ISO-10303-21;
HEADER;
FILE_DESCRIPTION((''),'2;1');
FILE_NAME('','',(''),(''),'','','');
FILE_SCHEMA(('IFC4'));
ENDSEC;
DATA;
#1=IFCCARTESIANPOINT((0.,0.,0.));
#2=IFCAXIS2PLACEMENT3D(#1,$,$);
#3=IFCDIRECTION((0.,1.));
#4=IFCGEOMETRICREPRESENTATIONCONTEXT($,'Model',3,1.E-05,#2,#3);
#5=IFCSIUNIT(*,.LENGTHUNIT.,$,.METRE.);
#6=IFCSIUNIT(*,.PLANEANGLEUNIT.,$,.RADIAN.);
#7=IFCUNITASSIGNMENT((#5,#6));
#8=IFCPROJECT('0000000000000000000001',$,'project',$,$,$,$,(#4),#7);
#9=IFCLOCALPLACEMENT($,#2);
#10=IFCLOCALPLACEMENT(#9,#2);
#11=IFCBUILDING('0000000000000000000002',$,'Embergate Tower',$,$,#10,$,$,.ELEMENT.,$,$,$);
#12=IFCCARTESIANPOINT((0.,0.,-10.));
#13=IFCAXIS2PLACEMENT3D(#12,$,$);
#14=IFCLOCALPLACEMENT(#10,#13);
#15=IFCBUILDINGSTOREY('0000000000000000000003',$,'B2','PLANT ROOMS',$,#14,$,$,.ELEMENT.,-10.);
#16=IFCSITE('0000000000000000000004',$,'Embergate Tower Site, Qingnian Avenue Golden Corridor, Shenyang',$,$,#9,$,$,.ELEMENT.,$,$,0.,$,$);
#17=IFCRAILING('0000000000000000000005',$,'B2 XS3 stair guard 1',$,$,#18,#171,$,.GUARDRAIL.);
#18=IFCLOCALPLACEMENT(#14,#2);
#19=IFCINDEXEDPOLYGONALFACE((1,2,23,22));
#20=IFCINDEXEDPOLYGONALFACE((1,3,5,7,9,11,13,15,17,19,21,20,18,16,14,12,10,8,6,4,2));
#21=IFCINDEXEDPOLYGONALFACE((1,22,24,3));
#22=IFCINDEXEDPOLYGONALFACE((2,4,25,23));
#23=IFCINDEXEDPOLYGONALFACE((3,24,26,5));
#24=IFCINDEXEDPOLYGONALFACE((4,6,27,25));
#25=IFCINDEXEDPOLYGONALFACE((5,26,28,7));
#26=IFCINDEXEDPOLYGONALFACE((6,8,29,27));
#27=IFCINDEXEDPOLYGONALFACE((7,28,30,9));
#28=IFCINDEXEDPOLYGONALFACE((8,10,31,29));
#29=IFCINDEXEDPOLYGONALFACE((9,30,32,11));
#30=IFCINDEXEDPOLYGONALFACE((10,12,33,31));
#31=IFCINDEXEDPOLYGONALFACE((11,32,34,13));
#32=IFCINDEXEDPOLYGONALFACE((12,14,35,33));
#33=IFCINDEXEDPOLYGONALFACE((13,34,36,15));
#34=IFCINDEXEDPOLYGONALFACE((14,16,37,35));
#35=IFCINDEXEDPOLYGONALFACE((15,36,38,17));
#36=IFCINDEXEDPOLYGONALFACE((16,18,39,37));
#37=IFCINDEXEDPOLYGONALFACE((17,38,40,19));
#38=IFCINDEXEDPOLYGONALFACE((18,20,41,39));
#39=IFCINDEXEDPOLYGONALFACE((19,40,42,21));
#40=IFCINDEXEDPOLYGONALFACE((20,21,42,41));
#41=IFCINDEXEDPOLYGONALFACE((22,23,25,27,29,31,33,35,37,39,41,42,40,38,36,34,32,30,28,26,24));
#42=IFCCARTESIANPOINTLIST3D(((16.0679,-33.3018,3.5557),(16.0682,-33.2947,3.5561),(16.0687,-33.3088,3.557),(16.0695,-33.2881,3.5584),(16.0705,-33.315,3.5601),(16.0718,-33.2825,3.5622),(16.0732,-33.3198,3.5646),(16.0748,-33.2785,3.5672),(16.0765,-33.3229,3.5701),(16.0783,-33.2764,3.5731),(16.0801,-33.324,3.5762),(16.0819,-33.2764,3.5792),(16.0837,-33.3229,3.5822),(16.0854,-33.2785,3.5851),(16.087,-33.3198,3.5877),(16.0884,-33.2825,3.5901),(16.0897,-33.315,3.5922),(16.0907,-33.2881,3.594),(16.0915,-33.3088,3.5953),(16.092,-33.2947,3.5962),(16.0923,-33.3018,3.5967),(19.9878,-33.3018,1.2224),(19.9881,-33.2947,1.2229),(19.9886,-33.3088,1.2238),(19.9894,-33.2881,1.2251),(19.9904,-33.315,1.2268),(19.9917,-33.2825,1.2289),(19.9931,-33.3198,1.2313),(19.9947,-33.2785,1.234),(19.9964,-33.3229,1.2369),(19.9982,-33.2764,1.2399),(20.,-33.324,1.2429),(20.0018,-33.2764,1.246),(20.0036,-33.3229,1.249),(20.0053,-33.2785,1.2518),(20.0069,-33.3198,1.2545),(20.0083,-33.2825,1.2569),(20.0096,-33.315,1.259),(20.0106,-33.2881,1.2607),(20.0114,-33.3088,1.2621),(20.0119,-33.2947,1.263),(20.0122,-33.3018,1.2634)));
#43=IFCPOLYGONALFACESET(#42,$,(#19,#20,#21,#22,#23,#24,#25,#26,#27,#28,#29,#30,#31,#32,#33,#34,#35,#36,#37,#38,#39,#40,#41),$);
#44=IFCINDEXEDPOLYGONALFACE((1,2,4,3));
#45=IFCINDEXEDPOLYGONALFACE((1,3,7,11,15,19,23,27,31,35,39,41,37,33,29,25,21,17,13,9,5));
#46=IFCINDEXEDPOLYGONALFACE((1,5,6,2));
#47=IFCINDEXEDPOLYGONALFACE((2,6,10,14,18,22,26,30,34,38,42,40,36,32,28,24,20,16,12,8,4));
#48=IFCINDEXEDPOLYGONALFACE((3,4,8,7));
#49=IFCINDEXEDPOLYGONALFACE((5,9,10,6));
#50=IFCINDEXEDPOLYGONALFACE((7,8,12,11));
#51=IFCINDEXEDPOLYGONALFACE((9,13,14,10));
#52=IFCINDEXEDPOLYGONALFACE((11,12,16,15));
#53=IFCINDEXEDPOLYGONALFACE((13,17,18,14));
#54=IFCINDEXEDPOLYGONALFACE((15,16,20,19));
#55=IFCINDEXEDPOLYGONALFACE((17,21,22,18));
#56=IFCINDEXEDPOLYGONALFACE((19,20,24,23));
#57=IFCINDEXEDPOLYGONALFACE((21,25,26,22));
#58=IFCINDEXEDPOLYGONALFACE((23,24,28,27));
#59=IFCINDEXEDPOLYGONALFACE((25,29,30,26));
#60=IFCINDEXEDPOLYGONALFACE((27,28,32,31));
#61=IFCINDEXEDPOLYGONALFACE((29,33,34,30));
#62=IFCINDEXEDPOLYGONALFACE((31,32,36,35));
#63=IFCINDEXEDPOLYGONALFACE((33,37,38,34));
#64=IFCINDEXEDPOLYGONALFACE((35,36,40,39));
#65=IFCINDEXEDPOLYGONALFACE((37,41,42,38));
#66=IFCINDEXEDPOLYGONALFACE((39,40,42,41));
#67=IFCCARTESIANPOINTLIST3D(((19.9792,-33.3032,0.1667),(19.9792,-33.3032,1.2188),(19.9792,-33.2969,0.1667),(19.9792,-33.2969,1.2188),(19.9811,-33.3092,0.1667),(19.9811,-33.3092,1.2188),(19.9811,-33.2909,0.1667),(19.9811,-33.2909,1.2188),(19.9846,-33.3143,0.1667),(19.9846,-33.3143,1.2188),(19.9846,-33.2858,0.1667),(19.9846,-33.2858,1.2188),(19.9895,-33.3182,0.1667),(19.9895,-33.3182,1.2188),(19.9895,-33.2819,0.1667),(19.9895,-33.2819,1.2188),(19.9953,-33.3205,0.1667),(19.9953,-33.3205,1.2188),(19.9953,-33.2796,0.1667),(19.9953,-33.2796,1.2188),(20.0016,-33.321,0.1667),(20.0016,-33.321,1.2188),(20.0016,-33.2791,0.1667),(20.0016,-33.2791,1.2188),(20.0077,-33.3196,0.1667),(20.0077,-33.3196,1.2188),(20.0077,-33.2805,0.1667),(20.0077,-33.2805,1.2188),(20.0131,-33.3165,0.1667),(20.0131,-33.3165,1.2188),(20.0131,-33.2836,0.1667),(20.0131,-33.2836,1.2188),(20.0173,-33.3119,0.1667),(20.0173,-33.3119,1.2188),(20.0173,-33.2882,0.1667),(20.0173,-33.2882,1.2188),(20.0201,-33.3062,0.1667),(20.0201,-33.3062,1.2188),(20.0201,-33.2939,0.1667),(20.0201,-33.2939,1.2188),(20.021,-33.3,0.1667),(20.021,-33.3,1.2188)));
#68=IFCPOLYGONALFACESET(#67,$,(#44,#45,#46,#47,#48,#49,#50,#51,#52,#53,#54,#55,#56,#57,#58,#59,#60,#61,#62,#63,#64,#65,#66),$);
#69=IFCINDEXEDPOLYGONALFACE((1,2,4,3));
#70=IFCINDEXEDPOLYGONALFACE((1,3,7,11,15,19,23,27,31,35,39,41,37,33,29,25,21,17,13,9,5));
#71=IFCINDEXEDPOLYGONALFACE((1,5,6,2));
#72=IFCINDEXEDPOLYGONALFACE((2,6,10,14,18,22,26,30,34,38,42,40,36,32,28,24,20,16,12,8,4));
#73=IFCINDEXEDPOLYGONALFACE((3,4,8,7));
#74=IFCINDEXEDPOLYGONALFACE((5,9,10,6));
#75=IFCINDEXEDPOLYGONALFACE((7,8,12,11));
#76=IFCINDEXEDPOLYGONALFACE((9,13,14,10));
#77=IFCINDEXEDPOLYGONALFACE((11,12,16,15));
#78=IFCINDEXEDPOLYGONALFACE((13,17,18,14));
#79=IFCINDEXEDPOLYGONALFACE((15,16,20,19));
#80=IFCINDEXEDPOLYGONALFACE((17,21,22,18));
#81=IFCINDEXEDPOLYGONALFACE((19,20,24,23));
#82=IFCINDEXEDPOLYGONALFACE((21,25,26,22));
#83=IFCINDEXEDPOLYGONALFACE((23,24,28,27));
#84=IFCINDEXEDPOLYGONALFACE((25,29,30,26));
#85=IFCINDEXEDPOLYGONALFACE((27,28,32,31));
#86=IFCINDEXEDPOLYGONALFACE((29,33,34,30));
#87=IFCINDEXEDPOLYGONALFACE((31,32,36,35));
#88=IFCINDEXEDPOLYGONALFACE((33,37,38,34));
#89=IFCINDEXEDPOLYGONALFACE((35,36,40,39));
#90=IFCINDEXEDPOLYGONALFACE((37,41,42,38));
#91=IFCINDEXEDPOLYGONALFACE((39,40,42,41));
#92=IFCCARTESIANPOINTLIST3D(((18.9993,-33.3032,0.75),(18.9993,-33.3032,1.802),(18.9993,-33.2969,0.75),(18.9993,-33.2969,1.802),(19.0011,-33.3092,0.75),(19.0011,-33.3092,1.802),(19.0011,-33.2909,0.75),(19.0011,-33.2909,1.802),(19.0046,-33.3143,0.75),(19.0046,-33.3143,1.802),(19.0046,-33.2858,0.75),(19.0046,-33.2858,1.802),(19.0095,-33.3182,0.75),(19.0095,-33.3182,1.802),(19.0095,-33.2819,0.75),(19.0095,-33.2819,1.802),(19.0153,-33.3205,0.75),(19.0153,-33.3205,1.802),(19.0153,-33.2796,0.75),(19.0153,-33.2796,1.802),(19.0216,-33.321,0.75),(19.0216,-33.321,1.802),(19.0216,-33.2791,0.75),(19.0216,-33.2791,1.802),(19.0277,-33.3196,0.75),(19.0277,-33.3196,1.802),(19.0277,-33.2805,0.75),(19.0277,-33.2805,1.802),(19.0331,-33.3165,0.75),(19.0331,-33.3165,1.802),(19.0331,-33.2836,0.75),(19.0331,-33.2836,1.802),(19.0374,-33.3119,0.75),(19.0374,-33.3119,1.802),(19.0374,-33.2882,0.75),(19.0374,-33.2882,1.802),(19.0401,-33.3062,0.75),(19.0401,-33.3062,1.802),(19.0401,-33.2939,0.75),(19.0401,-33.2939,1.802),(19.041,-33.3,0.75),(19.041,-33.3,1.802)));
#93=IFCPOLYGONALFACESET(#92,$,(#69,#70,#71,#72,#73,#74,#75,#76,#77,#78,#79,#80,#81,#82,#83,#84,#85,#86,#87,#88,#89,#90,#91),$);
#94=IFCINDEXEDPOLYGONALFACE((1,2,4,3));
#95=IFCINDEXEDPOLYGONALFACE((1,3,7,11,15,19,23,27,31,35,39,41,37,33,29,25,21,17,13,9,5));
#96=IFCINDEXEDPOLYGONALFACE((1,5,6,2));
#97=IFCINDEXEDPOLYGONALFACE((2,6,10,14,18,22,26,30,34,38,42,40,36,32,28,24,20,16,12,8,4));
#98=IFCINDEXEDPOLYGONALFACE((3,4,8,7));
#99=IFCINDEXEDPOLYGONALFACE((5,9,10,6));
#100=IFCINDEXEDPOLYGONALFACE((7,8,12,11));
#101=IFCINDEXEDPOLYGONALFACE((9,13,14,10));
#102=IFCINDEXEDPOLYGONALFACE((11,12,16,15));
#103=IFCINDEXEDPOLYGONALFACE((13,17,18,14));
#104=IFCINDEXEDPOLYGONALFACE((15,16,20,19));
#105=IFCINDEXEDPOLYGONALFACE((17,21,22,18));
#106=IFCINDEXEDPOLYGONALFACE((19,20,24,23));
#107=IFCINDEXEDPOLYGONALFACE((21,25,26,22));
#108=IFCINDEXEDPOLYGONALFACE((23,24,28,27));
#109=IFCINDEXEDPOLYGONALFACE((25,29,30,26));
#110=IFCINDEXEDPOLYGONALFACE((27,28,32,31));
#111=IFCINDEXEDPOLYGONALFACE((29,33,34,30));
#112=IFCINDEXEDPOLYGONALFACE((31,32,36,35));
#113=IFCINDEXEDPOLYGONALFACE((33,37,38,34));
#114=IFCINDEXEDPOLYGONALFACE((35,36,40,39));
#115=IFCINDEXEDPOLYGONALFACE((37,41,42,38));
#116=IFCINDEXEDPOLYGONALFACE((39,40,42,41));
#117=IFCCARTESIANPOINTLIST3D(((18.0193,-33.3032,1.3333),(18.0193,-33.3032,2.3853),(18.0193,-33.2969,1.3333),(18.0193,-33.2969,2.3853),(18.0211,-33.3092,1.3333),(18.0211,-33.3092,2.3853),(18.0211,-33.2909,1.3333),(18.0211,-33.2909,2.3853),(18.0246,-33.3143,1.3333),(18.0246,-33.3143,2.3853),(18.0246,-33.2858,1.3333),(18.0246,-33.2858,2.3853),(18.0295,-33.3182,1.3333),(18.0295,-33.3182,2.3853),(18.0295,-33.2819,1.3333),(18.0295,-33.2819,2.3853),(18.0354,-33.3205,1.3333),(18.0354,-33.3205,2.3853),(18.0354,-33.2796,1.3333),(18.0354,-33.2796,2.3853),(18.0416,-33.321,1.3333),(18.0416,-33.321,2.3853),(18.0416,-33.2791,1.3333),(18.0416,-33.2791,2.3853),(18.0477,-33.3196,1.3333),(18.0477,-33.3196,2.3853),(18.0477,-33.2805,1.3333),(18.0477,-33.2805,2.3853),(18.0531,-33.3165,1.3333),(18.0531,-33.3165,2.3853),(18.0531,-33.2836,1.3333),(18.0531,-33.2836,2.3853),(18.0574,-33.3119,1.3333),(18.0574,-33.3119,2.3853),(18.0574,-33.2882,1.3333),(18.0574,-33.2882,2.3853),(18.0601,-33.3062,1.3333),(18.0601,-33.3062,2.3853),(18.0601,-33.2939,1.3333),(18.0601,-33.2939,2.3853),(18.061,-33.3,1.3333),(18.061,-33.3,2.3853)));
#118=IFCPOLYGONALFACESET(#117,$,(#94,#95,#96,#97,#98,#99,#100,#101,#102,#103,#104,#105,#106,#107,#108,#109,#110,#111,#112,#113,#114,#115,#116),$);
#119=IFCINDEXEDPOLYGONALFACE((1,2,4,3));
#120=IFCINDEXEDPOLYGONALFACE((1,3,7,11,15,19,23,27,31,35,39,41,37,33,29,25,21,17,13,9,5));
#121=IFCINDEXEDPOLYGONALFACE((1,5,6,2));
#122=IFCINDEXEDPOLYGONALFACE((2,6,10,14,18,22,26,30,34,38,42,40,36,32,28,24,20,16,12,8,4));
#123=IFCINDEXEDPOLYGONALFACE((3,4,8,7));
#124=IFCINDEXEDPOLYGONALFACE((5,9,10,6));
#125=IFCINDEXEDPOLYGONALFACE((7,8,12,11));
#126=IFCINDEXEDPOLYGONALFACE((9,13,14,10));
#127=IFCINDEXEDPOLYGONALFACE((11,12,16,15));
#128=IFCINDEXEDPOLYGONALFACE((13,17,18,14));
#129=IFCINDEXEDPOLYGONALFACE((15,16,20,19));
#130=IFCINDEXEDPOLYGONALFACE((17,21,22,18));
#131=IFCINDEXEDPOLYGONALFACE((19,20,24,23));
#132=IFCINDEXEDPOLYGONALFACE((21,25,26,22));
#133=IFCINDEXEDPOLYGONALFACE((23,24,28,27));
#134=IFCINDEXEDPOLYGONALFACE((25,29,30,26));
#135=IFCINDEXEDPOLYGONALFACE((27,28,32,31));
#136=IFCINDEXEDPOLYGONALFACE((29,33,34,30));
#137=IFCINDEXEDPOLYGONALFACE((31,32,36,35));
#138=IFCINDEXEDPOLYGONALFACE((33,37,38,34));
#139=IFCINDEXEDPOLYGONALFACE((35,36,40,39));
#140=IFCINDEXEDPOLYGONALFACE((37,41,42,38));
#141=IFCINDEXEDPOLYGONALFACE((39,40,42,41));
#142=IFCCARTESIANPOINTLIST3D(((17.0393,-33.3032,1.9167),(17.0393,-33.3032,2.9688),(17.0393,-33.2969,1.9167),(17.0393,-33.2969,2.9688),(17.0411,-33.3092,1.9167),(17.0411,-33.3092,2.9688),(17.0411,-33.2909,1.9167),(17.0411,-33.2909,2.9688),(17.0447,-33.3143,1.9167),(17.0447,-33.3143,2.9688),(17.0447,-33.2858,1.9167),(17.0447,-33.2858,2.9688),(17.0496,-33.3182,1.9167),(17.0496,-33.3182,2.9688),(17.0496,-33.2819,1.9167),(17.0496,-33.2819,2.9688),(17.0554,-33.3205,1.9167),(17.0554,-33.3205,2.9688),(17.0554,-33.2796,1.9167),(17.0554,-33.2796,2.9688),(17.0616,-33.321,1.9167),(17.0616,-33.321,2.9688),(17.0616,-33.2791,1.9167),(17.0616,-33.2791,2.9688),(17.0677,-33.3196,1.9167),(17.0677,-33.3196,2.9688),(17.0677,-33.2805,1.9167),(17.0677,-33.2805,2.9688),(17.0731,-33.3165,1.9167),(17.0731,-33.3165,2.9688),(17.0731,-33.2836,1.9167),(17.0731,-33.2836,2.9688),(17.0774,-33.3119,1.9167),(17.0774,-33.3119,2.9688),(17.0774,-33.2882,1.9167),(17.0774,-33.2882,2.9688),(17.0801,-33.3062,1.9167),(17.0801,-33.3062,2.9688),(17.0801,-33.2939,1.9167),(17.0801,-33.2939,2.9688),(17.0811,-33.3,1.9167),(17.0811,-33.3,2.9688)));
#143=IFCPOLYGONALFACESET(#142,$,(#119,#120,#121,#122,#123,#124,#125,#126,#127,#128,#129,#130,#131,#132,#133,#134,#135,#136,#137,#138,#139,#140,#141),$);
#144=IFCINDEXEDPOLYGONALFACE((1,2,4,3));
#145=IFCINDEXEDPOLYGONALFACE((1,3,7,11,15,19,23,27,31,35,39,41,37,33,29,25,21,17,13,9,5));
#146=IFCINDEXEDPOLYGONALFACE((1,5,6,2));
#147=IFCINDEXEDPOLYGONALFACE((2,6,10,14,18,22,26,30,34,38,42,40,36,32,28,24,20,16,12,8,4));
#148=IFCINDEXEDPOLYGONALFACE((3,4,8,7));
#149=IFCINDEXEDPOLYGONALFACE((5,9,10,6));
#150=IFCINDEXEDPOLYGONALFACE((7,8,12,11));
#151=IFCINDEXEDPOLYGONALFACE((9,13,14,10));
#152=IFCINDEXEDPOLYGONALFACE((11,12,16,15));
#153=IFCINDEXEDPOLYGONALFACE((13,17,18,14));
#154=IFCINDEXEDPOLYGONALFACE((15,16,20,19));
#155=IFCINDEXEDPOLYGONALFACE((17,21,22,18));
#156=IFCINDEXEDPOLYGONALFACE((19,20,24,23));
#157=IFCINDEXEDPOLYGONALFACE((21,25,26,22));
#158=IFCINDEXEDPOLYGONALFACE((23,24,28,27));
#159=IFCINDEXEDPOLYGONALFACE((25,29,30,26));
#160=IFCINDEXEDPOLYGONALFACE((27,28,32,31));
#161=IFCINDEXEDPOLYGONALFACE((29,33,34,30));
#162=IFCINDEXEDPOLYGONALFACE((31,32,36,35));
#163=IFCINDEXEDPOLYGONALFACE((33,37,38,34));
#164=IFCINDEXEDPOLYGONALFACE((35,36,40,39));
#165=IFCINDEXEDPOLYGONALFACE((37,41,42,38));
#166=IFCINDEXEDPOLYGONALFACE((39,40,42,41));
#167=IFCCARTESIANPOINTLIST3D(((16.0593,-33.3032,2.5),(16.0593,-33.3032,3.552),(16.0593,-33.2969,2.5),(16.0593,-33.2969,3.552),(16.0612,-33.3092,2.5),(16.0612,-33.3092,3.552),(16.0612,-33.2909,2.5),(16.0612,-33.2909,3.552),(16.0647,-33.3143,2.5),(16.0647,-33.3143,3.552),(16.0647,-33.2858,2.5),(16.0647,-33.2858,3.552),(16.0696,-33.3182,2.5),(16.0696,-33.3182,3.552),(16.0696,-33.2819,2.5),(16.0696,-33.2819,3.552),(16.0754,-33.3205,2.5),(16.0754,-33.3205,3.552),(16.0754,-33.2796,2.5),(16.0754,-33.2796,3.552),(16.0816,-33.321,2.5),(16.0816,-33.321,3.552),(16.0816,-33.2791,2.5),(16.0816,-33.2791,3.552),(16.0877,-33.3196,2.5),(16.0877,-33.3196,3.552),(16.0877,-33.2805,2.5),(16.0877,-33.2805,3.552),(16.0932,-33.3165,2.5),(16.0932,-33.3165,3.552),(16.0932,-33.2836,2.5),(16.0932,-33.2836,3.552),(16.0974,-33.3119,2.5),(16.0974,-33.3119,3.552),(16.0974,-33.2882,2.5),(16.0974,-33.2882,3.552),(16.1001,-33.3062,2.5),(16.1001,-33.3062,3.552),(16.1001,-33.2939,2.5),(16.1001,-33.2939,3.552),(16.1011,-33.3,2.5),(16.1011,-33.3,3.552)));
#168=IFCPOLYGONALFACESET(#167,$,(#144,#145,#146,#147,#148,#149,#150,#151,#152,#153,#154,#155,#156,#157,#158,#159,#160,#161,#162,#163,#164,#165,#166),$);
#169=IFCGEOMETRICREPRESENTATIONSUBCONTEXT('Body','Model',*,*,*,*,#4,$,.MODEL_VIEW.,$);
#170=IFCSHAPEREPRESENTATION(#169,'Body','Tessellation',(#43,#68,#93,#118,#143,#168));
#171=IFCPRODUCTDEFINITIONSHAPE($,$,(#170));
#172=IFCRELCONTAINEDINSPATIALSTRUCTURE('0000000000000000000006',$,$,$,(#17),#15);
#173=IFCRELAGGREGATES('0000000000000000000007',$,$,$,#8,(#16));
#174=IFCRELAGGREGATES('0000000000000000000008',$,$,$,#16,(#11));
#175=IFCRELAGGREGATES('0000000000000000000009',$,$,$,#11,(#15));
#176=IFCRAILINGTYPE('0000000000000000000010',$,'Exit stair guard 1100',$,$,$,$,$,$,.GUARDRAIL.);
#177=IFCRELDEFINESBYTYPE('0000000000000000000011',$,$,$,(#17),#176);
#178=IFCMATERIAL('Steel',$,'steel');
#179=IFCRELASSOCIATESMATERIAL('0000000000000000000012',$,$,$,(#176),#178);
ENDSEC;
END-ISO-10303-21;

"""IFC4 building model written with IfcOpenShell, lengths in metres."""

from ifc_helpers import new_model, si_unit, direction, frame, origin, origin_2d, place, context, subcontext, project, spatial, circle, extrude, source, transform, mapped, material, type_object, element, save


model = new_model("IFC4")

# Units and contexts
model_context = context("Model", 3, precision=1e-05, world=origin(), true_north=direction((0.0, 1.0)))
body_context = subcontext(model_context, "Body", "Model", "MODEL_VIEW")
ifc_project = project(units=[si_unit("LENGTHUNIT", "METRE"), si_unit("PLANEANGLEUNIT", "RADIAN")], contexts=[model_context])

# Site, building, storey
site_placement = place(None, origin())
site = spatial("IfcSite", under=ifc_project, at=site_placement, Name="Embergate Tower Site, Qingnian Avenue Golden Corridor, Shenyang", CompositionType="ELEMENT", RefElevation=0.0)
building_placement = place(site_placement, origin())
building = spatial("IfcBuilding", under=site, at=building_placement, Name="Embergate Tower", CompositionType="ELEMENT")
storey_placement = place(building_placement, frame((0.0, 0.0, -10.0)))
storey = spatial("IfcBuildingStorey", under=building, at=storey_placement, Name="B2", Description="PLANT ROOMS", CompositionType="ELEMENT", Elevation=-10.0)

# Railing
ifc_material_1 = material(Name="Steel", Category="steel")
railing_type_1 = type_object("IfcRailingType", Name="Exit stair guard 1100", PredefinedType="GUARDRAIL", material=ifc_material_1)
shared_shape_1 = source(origin(), body_context, "Body", "SweptSolid", [
    extrude(circle(Radius=0.0239, at=origin_2d()), frame((0.0, 0.0, 1.0762), z_axis=(-0.859296, 0.0, 0.511478), x_axis=(0.0, -1.0, 0.0)), (0.0, 0.0, 1.0), 4.5618),
    extrude(circle(Radius=0.021, at=origin_2d()), origin(), (0.0, 0.0, 1.0), 1.052),
    extrude(circle(Radius=0.021, at=origin_2d()), frame((-0.98, 0.0, 0.5833)), (0.0, 0.0, 1.0), 1.052),
    extrude(circle(Radius=0.021, at=origin_2d()), frame((-1.96, 0.0, 1.1665)), (0.0, 0.0, 1.0), 1.052),
    extrude(circle(Radius=0.021, at=origin_2d()), frame((-2.9399, 0.0, 1.75)), (0.0, 0.0, 1.0), 1.052),
    extrude(circle(Radius=0.021, at=origin_2d()), frame((-3.9199, 0.0, 2.3333)), (0.0, 0.0, 1.0), 1.052),
])
railing_1_placement = place(storey_placement, frame((20.0, -33.3, 0.1667)))
element("IfcRailing", 1, at=railing_1_placement, inside=storey, type_object=railing_type_1, Name="B2 XS3 stair guard 1", PredefinedType="GUARDRAIL", context=body_context, shape_type="MappedRepresentation", body=[
    mapped(shared_shape_1, transform((0.0, 0.0, 0.0))),
])

save(model, "model.ifc")
